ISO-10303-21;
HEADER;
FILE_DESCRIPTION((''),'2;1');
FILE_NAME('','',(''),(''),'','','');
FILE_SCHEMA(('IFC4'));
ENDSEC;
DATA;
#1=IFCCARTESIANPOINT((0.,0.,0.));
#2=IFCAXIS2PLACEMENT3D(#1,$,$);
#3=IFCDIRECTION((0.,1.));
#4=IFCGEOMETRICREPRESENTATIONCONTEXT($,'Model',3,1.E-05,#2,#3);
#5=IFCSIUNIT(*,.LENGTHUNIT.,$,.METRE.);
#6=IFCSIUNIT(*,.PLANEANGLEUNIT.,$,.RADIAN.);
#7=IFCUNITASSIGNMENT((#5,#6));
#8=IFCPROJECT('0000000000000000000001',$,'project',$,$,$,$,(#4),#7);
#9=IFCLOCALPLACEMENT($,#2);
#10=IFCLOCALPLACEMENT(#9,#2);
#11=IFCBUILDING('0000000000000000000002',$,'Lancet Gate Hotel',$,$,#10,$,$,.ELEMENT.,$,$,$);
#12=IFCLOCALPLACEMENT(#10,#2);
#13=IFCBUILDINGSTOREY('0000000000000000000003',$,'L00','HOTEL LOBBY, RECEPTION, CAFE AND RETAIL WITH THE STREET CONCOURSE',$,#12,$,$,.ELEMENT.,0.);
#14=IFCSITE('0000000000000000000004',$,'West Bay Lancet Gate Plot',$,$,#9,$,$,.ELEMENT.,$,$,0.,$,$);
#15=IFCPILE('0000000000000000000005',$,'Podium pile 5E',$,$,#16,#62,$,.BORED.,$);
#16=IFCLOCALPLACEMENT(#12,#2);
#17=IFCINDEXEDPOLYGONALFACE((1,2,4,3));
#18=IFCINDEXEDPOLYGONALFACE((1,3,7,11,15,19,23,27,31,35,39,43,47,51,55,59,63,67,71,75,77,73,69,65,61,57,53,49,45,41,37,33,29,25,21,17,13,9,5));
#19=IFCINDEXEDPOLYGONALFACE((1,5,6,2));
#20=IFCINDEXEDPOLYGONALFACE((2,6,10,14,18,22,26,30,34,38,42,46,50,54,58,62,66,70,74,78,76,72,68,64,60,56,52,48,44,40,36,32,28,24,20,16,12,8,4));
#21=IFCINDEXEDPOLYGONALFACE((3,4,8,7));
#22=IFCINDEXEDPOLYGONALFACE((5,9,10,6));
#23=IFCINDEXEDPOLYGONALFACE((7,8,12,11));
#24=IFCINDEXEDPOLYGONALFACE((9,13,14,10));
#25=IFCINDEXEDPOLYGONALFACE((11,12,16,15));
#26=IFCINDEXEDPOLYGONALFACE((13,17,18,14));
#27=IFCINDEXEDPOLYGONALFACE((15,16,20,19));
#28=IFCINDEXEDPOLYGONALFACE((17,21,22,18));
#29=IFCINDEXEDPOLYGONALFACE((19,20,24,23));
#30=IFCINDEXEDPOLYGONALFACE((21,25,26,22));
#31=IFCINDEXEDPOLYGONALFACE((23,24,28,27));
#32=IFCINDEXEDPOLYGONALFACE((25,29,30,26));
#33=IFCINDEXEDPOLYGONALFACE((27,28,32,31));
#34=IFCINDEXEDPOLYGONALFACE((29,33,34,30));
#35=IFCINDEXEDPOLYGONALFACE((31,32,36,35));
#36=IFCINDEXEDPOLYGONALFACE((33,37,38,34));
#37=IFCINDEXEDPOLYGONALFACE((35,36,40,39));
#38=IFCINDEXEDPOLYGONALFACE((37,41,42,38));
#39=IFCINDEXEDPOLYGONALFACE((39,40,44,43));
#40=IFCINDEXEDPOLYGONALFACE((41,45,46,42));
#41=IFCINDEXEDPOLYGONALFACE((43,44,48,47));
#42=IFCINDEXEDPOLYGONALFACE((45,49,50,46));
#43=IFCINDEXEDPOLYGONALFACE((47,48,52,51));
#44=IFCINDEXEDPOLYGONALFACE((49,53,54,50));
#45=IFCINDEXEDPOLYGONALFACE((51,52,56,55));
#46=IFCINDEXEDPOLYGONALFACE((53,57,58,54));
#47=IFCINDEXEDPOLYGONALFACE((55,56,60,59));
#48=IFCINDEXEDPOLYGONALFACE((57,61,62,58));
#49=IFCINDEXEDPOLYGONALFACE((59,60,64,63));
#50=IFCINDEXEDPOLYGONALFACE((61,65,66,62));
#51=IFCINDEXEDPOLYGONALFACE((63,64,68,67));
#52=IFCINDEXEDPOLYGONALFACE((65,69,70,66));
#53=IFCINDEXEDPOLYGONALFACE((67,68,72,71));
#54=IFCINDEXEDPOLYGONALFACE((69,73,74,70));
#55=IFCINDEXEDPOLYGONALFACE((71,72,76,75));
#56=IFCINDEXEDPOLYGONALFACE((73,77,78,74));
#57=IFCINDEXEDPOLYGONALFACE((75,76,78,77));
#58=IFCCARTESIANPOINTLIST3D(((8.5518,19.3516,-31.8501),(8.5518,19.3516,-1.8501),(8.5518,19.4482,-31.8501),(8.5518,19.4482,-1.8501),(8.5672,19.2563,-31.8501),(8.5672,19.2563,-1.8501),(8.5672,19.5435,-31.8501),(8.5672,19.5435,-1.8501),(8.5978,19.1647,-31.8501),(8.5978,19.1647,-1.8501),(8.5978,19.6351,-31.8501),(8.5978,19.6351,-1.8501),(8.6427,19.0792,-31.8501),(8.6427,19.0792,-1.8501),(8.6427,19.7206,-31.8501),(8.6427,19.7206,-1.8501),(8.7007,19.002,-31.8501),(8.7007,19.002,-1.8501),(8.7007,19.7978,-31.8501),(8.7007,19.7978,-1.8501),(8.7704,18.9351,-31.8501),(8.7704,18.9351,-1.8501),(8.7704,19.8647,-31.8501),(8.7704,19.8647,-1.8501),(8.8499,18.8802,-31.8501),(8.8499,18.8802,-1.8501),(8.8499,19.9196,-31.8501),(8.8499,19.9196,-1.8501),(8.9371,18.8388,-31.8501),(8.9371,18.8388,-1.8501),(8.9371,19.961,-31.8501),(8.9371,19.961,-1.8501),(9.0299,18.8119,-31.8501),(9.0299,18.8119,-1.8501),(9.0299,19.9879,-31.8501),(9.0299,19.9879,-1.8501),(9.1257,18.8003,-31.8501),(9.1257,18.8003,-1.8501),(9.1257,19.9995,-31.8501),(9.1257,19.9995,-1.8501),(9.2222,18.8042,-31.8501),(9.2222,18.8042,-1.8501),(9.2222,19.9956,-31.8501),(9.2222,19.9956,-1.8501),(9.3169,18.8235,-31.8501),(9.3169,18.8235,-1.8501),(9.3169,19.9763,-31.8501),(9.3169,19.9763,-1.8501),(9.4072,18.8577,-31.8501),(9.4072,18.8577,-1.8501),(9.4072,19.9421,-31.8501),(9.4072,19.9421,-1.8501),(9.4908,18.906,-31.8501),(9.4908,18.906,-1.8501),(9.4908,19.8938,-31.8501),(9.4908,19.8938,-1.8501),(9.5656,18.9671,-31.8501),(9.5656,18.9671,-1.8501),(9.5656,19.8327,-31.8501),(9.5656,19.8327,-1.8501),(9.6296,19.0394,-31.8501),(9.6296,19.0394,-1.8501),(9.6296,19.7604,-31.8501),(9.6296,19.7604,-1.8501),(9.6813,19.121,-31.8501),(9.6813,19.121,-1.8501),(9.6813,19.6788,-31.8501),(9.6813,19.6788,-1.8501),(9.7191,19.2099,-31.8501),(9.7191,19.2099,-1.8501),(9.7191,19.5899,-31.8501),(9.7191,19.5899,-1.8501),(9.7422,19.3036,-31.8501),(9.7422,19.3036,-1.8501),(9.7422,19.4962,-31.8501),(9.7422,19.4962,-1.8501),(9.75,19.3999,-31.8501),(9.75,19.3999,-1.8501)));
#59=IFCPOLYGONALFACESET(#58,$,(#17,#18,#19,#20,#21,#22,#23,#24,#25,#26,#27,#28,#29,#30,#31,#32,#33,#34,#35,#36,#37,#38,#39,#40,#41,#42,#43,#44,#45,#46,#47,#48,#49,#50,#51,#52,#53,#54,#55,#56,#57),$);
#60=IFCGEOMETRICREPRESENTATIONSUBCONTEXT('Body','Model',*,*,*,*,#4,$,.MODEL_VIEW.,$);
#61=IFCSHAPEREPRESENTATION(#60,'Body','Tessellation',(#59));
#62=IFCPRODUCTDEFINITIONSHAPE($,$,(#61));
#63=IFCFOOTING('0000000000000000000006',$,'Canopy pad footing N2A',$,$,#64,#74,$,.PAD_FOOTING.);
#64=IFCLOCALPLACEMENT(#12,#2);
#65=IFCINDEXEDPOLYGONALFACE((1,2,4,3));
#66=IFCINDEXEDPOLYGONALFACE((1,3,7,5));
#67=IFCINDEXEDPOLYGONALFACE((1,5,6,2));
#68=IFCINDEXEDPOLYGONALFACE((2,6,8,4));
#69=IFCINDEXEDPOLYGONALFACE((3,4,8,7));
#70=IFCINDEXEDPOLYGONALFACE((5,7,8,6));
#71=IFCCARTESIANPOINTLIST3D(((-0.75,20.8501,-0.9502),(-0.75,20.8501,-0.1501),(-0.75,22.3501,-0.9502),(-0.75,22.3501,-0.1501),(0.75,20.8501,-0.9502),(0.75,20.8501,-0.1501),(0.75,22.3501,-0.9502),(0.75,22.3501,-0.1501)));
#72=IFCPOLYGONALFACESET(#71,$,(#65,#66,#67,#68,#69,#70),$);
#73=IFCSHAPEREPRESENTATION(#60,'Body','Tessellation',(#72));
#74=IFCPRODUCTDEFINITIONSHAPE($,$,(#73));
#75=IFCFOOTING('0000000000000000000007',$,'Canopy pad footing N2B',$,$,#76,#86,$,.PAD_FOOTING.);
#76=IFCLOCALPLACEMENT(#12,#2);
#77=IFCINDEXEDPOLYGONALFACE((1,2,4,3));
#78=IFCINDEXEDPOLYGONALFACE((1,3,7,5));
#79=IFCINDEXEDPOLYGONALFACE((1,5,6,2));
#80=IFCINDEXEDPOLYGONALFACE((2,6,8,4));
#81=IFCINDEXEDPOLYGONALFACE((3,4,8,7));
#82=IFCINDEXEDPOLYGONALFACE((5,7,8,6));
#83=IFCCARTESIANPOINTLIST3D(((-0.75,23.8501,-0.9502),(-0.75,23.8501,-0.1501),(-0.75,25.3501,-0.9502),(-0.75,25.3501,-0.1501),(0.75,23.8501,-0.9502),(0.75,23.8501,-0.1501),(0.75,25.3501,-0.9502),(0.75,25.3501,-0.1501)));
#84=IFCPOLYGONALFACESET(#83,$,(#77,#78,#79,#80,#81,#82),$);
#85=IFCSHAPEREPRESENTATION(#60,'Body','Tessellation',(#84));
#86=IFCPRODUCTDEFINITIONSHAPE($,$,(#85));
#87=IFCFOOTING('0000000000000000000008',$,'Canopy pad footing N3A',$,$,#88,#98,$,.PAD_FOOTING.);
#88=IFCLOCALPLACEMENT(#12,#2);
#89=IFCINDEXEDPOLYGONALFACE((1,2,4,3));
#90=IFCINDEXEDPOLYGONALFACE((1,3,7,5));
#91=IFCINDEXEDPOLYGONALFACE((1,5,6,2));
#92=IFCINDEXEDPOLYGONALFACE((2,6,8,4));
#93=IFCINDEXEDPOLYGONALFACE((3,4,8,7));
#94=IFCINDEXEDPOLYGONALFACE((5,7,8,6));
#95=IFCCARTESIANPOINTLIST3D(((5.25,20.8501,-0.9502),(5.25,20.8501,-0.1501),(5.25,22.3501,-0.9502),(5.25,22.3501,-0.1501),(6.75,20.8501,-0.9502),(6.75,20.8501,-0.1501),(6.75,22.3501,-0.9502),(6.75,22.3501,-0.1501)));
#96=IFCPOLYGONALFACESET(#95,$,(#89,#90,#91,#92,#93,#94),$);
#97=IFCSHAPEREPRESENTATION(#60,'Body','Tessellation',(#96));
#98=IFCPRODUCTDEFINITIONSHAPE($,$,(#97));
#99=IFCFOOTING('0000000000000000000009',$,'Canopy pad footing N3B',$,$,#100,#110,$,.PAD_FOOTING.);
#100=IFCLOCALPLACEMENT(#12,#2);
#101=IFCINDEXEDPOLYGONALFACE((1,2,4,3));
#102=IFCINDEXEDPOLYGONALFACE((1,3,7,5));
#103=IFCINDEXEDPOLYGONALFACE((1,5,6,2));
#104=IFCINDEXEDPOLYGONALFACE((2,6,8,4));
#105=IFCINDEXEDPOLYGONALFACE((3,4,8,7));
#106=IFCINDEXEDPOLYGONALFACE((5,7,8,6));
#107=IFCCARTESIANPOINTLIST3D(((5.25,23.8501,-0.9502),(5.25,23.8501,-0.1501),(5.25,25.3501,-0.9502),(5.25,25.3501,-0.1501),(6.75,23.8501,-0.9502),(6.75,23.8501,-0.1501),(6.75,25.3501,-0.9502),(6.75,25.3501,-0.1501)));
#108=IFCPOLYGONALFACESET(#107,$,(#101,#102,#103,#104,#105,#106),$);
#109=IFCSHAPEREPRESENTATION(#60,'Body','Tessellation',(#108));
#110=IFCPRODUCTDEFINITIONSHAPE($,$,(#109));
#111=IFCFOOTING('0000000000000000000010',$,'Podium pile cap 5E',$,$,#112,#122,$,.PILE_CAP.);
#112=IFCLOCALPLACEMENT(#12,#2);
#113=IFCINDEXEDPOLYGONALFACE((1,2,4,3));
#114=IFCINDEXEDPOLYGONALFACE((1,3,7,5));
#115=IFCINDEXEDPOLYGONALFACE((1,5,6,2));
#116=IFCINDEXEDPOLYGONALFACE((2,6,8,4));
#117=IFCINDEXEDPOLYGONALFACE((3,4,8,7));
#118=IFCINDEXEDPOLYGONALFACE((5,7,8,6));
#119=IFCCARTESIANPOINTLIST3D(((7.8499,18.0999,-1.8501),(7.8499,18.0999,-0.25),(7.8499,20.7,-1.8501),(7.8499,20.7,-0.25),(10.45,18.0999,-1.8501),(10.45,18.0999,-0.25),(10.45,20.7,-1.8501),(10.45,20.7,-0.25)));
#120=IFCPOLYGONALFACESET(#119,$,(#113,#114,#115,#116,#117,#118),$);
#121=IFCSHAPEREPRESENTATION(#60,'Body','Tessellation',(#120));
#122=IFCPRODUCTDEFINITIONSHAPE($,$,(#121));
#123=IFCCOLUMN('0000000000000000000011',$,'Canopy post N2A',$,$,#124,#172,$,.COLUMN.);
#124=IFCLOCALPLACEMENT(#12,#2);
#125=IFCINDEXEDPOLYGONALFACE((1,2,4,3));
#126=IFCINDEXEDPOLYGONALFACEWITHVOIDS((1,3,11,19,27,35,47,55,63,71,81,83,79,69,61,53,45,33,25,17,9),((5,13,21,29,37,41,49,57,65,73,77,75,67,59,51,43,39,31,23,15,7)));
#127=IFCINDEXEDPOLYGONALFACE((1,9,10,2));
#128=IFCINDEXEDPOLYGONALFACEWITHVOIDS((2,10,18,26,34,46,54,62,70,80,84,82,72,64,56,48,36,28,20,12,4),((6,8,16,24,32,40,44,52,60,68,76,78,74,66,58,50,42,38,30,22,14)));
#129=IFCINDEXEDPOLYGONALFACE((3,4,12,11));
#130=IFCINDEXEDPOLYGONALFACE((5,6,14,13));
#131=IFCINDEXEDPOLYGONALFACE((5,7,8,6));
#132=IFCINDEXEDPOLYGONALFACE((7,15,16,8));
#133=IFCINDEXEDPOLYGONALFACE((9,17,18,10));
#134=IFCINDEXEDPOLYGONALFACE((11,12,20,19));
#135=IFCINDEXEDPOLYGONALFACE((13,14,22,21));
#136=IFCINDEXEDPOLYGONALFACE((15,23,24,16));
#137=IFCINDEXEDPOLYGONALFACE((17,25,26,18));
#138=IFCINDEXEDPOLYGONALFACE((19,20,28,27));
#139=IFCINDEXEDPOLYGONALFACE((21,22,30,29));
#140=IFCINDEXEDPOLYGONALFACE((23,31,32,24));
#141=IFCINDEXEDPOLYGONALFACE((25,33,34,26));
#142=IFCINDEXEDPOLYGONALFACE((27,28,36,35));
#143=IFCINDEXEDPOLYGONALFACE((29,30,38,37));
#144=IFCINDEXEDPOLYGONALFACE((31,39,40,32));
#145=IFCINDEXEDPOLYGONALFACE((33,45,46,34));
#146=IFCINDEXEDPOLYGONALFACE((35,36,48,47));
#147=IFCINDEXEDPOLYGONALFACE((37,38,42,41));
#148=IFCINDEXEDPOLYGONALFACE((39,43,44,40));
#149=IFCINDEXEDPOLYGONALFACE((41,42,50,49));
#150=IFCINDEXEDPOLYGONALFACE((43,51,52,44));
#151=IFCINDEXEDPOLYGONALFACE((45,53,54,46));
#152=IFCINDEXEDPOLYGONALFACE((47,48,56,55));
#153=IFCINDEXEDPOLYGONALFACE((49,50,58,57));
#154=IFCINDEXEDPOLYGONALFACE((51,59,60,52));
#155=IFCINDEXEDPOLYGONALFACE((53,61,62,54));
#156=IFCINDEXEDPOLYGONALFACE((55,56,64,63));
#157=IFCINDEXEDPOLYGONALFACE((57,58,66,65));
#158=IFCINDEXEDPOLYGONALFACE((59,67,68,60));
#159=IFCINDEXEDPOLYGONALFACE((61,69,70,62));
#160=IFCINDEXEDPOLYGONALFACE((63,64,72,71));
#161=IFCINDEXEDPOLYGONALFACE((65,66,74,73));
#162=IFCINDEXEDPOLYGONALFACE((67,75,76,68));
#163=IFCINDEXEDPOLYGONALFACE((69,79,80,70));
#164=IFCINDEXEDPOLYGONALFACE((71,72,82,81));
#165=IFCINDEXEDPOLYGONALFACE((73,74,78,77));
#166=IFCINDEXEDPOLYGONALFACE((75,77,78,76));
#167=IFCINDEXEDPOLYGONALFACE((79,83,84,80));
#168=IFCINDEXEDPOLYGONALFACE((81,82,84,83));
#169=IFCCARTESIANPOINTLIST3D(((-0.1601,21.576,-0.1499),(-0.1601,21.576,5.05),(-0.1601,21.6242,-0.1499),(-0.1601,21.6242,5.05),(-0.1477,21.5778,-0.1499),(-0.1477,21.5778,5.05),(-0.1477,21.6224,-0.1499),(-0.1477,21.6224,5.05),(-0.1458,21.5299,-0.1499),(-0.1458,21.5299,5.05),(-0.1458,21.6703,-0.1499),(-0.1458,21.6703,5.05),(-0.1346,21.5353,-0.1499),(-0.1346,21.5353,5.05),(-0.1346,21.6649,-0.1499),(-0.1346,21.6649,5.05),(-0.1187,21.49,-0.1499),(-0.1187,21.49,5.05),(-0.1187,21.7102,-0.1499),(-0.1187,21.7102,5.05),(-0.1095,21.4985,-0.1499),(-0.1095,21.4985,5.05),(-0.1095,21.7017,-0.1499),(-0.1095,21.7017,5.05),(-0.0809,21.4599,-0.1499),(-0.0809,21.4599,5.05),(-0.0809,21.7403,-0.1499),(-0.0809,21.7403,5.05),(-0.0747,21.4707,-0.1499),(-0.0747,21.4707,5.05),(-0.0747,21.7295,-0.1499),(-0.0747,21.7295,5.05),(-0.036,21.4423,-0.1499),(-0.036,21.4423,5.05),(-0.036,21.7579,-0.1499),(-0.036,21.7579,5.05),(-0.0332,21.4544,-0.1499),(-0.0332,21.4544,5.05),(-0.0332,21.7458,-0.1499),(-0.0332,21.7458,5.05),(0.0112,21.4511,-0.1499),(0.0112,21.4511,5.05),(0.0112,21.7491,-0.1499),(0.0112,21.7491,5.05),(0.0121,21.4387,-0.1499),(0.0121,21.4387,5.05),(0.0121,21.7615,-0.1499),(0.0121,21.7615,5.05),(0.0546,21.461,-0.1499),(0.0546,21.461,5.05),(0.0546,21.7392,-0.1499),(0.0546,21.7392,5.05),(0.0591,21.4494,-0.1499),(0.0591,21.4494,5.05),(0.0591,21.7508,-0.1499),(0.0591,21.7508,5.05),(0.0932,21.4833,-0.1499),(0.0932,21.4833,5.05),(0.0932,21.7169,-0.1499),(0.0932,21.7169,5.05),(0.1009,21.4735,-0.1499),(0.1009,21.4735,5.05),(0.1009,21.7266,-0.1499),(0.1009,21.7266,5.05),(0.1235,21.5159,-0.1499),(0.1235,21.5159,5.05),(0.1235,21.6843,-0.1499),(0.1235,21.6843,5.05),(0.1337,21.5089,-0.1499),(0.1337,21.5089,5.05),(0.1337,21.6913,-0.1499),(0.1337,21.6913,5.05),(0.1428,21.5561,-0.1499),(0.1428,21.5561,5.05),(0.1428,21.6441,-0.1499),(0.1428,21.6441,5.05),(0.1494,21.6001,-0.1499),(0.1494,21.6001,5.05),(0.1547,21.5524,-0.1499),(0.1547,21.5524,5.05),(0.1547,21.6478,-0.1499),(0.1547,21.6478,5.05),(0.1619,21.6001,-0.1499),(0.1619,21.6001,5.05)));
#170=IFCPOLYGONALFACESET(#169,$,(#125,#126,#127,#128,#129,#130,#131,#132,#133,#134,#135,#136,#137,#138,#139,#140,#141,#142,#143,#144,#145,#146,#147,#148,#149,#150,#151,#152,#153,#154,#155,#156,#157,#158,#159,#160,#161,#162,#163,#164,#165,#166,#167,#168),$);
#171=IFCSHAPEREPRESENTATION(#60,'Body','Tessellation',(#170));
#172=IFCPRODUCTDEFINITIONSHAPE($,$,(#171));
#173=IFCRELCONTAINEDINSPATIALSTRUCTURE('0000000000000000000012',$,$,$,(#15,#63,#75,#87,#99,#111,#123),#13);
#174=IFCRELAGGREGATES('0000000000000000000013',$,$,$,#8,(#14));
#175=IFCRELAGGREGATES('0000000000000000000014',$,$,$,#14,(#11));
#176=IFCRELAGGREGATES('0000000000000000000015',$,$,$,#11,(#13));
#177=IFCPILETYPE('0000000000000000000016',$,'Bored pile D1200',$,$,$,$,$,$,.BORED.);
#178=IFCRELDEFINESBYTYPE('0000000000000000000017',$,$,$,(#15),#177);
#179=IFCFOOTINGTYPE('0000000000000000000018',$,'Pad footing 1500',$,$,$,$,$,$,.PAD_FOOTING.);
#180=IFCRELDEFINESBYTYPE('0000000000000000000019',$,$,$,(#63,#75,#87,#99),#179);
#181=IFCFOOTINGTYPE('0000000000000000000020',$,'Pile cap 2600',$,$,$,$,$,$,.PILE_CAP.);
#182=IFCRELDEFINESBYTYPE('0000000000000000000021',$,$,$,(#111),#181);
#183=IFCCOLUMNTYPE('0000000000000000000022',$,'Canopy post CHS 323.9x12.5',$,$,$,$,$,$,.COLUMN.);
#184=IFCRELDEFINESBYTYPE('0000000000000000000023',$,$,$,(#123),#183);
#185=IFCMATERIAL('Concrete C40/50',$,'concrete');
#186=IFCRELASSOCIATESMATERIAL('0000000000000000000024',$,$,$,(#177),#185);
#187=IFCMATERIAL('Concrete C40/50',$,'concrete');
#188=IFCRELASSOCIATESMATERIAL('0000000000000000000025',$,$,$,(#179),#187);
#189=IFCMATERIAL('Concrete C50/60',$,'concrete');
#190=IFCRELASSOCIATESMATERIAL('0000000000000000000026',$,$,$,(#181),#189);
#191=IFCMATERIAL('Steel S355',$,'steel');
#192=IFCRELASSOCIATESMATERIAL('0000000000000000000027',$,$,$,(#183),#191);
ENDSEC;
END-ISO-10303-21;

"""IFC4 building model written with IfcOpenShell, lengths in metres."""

from ifc_helpers import new_model, si_unit, direction, frame, origin, origin_2d, place, context, subcontext, project, spatial, rectangle, circle, hollow_circle, extrude, material, material_profile, profile_set, type_object, element, save


model = new_model("IFC4")

# Units and contexts
model_context = context("Model", 3, precision=1e-05, world=origin(), true_north=direction((0.0, 1.0)))
body_context = subcontext(model_context, "Body", "Model", "MODEL_VIEW")
ifc_project = project(units=[si_unit("LENGTHUNIT", "METRE"), si_unit("PLANEANGLEUNIT", "RADIAN")], contexts=[model_context])

# Site, building, storey
site_placement = place(None, origin())
site = spatial("IfcSite", under=ifc_project, at=site_placement, Name="West Bay Lancet Gate Plot", CompositionType="ELEMENT", RefElevation=0.0)
building_placement = place(site_placement, origin())
building = spatial("IfcBuilding", under=site, at=building_placement, Name="Lancet Gate Hotel", CompositionType="ELEMENT")
storey_placement = place(building_placement, origin())
storey = spatial("IfcBuildingStorey", under=building, at=storey_placement, Name="L00", Description="HOTEL LOBBY, RECEPTION, CAFE AND RETAIL WITH THE STREET CONCOURSE", CompositionType="ELEMENT", Elevation=0.0)

# Pile
ifc_material_1 = material(Name="Concrete C40/50", Category="concrete")
ifc_material_profile_1 = material_profile(ifc_material_1, circle(Radius=0.6001, at=origin_2d()), Name="PILE D1200")
ifc_profile_set_1 = profile_set([ifc_material_profile_1], Name="Concrete C40/50")
pile_type = type_object("IfcPileType", Name="Bored pile D1200", PredefinedType="BORED", material=ifc_profile_set_1)
pile_placement = place(storey_placement, frame((9.1499, 19.3999, -1.8501), z_axis=(0.0, 0.0, -1.0), x_axis=(1.0, 0.0, 0.0)))
element("IfcPile", 1, at=pile_placement, inside=storey, type_object=pile_type, Name="Podium pile 5E", PredefinedType="BORED", context=body_context, shape_type="SweptSolid", body=[
    extrude(circle(Radius=0.6001, at=origin_2d()), origin(), (0.0, 0.0, 1.0), 30.0),
])

# Footings
ifc_material_2 = material(Name="Concrete C40/50", Category="concrete")
footing_type_1 = type_object("IfcFootingType", Name="Pad footing 1500", PredefinedType="PAD_FOOTING", material=ifc_material_2)
for number, where, z_axis, x_axis, name in (
    (2, (0.0, 21.6001, -0.9502), (0.0, 0.0, 1.0), (1.0, 0.0, 0.0), "Canopy pad footing N2A"),
    (3, (0.0, 24.6001, -0.9502), (0.0, 0.0, 1.0), (1.0, 0.0, 0.0), "Canopy pad footing N2B"),
    (4, (6.0, 21.6001, -0.9502), (0.0, 0.0, 1.0), (1.0, 0.0, 0.0), "Canopy pad footing N3A"),
    (5, (6.0, 24.6001, -0.9502), (0.0, 0.0, 1.0), (1.0, 0.0, 0.0), "Canopy pad footing N3B"),
):
    element("IfcFooting", number, at=place(storey_placement, frame(where, z_axis=z_axis, x_axis=x_axis)), inside=storey, type_object=footing_type_1, Name=name, PredefinedType="PAD_FOOTING", context=body_context, shape_type="SweptSolid", body=[
        extrude(rectangle(XDim=1.5, YDim=1.5, at=origin_2d()), origin(), (0.0, 0.0, 1.0), 0.8),
    ])
ifc_material_3 = material(Name="Concrete C50/60", Category="concrete")
footing_type_2 = type_object("IfcFootingType", Name="Pile cap 2600", PredefinedType="PILE_CAP", material=ifc_material_3)
footing_placement = place(storey_placement, frame((9.1499, 19.3999, -1.8501), z_axis=(0.0, 0.0, 1.0), x_axis=(1.0, 0.0, 0.0)))
element("IfcFooting", 6, at=footing_placement, inside=storey, type_object=footing_type_2, Name="Podium pile cap 5E", PredefinedType="PILE_CAP", context=body_context, shape_type="SweptSolid", body=[
    extrude(rectangle(XDim=2.6001, YDim=2.6001, at=origin_2d()), origin(), (0.0, 0.0, 1.0), 1.6001),
])

# Column
ifc_material_4 = material(Name="Steel S355", Category="steel")
ifc_material_profile_2 = material_profile(ifc_material_4, hollow_circle(Radius=0.1619, WallThickness=0.0125, at=origin_2d()), Name="CHS 323.9x12.5")
ifc_profile_set_2 = profile_set([ifc_material_profile_2], Name="Steel S355")
column_type_1 = type_object("IfcColumnType", Name="Canopy post CHS 323.9x12.5", PredefinedType="COLUMN", material=ifc_profile_set_2)
for number, where, z_axis, x_axis, name in (
    (7, (0.0, 21.6001, -0.1499), (0.0, 0.0, 1.0), (1.0, 0.0, 0.0), "Canopy post N2A"),
):
    element("IfcColumn", number, at=place(storey_placement, frame(where, z_axis=z_axis, x_axis=x_axis)), inside=storey, type_object=column_type_1, Name=name, PredefinedType="COLUMN", context=body_context, shape_type="SweptSolid", body=[
        extrude(hollow_circle(Radius=0.1619, WallThickness=0.0125, at=origin_2d()), origin(), (0.0, 0.0, 1.0), 5.2),
    ])

save(model, "model.ifc")
